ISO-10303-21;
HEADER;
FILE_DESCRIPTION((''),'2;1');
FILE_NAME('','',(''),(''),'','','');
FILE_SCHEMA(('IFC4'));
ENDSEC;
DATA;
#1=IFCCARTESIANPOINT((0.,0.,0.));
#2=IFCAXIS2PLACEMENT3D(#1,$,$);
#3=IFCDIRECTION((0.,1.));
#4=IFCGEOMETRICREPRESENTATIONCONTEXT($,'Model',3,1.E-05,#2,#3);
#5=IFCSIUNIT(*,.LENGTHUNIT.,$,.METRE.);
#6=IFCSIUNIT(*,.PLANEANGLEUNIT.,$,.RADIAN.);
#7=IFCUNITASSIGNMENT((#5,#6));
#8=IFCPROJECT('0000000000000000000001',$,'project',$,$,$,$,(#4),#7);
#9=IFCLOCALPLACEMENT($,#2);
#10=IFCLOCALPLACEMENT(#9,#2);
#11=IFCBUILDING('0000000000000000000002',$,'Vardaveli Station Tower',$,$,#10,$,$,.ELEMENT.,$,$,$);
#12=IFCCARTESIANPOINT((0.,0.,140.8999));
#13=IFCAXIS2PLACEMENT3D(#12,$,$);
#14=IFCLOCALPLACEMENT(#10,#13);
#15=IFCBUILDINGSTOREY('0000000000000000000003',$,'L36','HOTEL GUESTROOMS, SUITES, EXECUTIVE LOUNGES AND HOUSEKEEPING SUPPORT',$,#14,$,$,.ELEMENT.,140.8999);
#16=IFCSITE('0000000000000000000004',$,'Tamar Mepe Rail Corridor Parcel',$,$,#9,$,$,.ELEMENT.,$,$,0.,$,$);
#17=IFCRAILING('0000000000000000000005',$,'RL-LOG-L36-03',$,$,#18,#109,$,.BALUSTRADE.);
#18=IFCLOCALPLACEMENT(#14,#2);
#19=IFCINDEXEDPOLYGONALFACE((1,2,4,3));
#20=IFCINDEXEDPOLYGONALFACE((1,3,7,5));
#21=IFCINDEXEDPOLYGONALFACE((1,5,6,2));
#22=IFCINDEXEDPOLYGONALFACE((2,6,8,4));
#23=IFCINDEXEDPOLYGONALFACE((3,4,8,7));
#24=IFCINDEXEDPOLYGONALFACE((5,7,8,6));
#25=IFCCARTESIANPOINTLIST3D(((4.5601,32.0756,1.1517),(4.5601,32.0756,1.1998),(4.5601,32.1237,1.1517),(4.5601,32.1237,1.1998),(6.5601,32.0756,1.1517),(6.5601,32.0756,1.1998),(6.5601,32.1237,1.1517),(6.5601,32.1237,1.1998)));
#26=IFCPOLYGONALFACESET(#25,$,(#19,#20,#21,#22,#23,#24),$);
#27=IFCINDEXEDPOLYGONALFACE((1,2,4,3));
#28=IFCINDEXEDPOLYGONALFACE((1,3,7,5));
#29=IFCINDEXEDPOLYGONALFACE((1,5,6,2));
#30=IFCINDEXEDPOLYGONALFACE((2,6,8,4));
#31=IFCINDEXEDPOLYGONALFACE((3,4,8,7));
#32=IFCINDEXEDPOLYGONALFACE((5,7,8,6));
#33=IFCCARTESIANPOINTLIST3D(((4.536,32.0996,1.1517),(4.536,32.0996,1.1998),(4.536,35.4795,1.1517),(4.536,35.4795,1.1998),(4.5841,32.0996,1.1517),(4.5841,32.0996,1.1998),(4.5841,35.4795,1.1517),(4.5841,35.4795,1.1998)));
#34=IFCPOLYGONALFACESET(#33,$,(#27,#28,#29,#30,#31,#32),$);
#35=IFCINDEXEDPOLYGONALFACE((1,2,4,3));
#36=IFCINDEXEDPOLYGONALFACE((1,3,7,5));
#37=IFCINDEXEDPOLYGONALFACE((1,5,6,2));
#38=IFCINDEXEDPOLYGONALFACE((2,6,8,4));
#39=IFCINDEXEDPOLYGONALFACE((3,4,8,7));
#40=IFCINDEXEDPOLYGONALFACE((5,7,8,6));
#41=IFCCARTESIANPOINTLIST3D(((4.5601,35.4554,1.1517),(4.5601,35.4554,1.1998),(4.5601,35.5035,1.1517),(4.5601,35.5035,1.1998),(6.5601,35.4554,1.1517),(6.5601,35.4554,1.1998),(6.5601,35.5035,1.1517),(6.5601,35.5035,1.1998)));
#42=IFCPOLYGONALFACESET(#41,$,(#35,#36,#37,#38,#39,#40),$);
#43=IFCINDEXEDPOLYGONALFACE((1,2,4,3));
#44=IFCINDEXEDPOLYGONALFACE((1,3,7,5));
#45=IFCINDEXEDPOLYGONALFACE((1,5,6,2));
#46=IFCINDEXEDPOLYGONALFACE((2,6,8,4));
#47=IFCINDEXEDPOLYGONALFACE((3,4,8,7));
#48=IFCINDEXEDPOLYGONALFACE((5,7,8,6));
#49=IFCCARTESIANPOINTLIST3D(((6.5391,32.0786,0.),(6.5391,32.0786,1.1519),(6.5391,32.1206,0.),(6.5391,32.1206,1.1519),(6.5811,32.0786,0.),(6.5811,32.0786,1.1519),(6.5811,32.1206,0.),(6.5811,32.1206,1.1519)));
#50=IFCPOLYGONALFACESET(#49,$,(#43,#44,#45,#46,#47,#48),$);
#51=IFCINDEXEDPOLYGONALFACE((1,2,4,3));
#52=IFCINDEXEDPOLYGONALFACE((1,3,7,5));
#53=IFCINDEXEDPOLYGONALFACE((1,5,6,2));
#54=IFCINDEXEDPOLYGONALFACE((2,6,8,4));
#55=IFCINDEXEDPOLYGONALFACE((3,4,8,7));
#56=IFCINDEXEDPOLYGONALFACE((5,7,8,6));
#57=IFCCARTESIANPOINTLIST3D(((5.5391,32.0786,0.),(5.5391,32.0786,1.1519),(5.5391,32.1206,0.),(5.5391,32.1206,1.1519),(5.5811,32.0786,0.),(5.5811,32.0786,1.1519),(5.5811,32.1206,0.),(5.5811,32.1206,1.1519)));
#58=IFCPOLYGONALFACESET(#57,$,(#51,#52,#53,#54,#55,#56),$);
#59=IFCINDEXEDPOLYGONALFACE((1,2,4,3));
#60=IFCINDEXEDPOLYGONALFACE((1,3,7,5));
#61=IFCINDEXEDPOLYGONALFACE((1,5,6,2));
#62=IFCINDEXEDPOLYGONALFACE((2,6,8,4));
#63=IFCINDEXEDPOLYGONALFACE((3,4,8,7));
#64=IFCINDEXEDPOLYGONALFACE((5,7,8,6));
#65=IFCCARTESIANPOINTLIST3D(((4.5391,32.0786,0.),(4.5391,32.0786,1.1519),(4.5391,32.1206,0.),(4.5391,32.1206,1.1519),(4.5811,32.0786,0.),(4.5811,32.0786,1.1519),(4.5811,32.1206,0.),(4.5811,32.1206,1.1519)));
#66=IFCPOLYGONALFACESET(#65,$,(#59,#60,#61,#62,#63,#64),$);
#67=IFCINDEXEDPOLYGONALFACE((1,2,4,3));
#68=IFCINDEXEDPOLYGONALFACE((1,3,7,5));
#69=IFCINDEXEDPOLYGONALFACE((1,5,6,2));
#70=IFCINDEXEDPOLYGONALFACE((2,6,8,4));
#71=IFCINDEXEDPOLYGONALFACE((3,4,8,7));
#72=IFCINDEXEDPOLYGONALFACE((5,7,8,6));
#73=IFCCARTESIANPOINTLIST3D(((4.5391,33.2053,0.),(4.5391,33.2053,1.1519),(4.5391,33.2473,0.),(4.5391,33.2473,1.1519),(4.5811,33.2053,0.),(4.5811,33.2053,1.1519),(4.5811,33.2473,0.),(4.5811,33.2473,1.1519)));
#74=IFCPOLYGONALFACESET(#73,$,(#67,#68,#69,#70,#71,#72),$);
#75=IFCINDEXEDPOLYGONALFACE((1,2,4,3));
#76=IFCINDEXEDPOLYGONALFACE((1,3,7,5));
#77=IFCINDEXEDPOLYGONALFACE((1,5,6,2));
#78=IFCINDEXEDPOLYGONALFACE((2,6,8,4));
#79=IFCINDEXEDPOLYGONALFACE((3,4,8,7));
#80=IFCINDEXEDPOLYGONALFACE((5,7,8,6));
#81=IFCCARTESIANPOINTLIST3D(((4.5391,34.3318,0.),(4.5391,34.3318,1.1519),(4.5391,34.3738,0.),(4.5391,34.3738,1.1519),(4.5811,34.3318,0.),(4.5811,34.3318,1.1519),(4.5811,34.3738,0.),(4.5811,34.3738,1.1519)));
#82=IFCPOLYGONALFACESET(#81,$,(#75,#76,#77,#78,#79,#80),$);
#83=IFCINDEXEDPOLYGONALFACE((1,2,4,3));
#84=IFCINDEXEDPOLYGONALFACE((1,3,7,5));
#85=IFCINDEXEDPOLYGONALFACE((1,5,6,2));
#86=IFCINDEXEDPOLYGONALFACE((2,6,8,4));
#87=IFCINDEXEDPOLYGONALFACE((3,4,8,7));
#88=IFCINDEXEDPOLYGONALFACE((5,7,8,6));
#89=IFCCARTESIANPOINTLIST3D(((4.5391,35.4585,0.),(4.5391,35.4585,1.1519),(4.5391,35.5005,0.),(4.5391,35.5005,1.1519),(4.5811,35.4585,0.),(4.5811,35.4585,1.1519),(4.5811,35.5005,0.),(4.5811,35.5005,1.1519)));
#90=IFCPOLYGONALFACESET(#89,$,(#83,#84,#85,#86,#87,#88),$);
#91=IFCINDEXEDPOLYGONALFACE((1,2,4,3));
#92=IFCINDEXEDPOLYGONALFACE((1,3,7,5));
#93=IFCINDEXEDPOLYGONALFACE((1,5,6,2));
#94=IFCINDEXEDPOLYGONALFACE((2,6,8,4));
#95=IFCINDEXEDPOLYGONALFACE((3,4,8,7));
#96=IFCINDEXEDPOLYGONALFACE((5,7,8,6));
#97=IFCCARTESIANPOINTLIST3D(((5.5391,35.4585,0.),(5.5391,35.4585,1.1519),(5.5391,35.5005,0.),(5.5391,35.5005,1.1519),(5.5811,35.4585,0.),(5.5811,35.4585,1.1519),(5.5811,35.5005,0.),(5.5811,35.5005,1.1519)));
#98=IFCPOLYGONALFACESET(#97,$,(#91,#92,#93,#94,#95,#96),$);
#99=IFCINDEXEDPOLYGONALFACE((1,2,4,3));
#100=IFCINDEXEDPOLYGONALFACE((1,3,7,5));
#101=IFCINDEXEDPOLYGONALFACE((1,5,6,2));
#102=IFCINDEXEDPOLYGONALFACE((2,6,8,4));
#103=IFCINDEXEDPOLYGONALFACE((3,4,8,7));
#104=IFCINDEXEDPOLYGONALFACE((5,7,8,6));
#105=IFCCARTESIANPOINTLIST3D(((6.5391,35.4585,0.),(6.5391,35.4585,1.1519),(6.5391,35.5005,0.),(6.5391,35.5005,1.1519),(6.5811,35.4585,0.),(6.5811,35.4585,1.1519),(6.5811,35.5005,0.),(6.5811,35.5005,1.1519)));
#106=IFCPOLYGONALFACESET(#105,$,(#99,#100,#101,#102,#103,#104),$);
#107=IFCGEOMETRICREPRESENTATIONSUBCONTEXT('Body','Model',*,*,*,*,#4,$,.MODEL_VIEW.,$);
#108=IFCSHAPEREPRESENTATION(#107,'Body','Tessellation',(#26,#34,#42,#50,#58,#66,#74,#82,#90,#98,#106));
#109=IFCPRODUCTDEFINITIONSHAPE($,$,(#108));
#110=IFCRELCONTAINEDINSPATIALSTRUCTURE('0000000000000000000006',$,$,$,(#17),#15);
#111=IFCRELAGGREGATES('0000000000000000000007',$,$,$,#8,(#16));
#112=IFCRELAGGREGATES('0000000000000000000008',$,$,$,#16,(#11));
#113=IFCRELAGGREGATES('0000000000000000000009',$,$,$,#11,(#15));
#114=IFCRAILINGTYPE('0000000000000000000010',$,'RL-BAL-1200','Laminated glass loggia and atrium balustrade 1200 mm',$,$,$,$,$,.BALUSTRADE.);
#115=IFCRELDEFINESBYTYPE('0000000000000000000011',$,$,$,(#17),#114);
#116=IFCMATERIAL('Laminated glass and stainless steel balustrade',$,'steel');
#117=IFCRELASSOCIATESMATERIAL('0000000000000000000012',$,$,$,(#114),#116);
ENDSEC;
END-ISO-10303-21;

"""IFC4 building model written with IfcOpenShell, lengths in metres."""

from ifc_helpers import new_model, si_unit, direction, frame, origin, origin_2d, place, context, subcontext, project, spatial, rectangle, extrude, source, transform, mapped, material, type_object, element, save


model = new_model("IFC4")

# Units and contexts
model_context = context("Model", 3, precision=1e-05, world=origin(), true_north=direction((0.0, 1.0)))
body_context = subcontext(model_context, "Body", "Model", "MODEL_VIEW")
ifc_project = project(units=[si_unit("LENGTHUNIT", "METRE"), si_unit("PLANEANGLEUNIT", "RADIAN")], contexts=[model_context])

# Site, building, storey
site_placement = place(None, origin())
site = spatial("IfcSite", under=ifc_project, at=site_placement, Name="Tamar Mepe Rail Corridor Parcel", CompositionType="ELEMENT", RefElevation=0.0)
building_placement = place(site_placement, origin())
building = spatial("IfcBuilding", under=site, at=building_placement, Name="Vardaveli Station Tower", CompositionType="ELEMENT")
storey_placement = place(building_placement, frame((0.0, 0.0, 140.8999)))
storey = spatial("IfcBuildingStorey", under=building, at=storey_placement, Name="L36", Description="HOTEL GUESTROOMS, SUITES, EXECUTIVE LOUNGES AND HOUSEKEEPING SUPPORT", CompositionType="ELEMENT", Elevation=140.8999)

# Railing
ifc_material_1 = material(Name="Laminated glass and stainless steel balustrade", Category="steel")
railing_type = type_object("IfcRailingType", Name="RL-BAL-1200", Description="Laminated glass loggia and atrium balustrade 1200 mm", PredefinedType="BALUSTRADE", material=ifc_material_1)
shared_shape_1 = source(origin(), body_context, "Body", "SweptSolid", [
    extrude(rectangle(XDim=0.0481, YDim=0.0481, at=origin_2d()), frame((0.0, 0.0, 1.1758), z_axis=(-1.0, 0.0, 0.0), x_axis=(0.0, -1.0, 0.0)), (0.0, 0.0, 1.0), 2.0),
    extrude(rectangle(XDim=0.0481, YDim=0.0481, at=origin_2d()), frame((-2.0, 0.0, 1.1758), z_axis=(0.0, 1.0, 0.0), x_axis=(-1.0, 0.0, 0.0)), (0.0, 0.0, 1.0), 3.3799),
    extrude(rectangle(XDim=0.0481, YDim=0.0481, at=origin_2d()), frame((-2.0, 3.3799, 1.1758), z_axis=(1.0, 0.0, 0.0), x_axis=(0.0, 1.0, 0.0)), (0.0, 0.0, 1.0), 2.0),
    extrude(rectangle(XDim=0.042, YDim=0.042, at=origin_2d()), origin(), (0.0, 0.0, 1.0), 1.1519),
    extrude(rectangle(XDim=0.042, YDim=0.042, at=origin_2d()), frame((-1.0, 0.0, 0.0)), (0.0, 0.0, 1.0), 1.1519),
    extrude(rectangle(XDim=0.042, YDim=0.042, at=origin_2d()), frame((-2.0, 0.0, 0.0)), (0.0, 0.0, 1.0), 1.1519),
    extrude(rectangle(XDim=0.042, YDim=0.042, at=origin_2d()), frame((-2.0, 1.1267, 0.0)), (0.0, 0.0, 1.0), 1.1519),
    extrude(rectangle(XDim=0.042, YDim=0.042, at=origin_2d()), frame((-2.0, 2.2532, 0.0)), (0.0, 0.0, 1.0), 1.1519),
    extrude(rectangle(XDim=0.042, YDim=0.042, at=origin_2d()), frame((-2.0, 3.3799, 0.0)), (0.0, 0.0, 1.0), 1.1519),
    extrude(rectangle(XDim=0.042, YDim=0.042, at=origin_2d()), frame((-1.0, 3.3799, 0.0)), (0.0, 0.0, 1.0), 1.1519),
    extrude(rectangle(XDim=0.042, YDim=0.042, at=origin_2d()), frame((0.0, 3.3799, 0.0)), (0.0, 0.0, 1.0), 1.1519),
])
railing_placement = place(storey_placement, frame((6.5601, 32.0996, 0.0)))
element("IfcRailing", 1, at=railing_placement, inside=storey, type_object=railing_type, Name="RL-LOG-L36-03", PredefinedType="BALUSTRADE", context=body_context, shape_type="MappedRepresentation", body=[
    mapped(shared_shape_1, transform((0.0, 0.0, 0.0), scale=1.0)),
])

save(model, "model.ifc")
